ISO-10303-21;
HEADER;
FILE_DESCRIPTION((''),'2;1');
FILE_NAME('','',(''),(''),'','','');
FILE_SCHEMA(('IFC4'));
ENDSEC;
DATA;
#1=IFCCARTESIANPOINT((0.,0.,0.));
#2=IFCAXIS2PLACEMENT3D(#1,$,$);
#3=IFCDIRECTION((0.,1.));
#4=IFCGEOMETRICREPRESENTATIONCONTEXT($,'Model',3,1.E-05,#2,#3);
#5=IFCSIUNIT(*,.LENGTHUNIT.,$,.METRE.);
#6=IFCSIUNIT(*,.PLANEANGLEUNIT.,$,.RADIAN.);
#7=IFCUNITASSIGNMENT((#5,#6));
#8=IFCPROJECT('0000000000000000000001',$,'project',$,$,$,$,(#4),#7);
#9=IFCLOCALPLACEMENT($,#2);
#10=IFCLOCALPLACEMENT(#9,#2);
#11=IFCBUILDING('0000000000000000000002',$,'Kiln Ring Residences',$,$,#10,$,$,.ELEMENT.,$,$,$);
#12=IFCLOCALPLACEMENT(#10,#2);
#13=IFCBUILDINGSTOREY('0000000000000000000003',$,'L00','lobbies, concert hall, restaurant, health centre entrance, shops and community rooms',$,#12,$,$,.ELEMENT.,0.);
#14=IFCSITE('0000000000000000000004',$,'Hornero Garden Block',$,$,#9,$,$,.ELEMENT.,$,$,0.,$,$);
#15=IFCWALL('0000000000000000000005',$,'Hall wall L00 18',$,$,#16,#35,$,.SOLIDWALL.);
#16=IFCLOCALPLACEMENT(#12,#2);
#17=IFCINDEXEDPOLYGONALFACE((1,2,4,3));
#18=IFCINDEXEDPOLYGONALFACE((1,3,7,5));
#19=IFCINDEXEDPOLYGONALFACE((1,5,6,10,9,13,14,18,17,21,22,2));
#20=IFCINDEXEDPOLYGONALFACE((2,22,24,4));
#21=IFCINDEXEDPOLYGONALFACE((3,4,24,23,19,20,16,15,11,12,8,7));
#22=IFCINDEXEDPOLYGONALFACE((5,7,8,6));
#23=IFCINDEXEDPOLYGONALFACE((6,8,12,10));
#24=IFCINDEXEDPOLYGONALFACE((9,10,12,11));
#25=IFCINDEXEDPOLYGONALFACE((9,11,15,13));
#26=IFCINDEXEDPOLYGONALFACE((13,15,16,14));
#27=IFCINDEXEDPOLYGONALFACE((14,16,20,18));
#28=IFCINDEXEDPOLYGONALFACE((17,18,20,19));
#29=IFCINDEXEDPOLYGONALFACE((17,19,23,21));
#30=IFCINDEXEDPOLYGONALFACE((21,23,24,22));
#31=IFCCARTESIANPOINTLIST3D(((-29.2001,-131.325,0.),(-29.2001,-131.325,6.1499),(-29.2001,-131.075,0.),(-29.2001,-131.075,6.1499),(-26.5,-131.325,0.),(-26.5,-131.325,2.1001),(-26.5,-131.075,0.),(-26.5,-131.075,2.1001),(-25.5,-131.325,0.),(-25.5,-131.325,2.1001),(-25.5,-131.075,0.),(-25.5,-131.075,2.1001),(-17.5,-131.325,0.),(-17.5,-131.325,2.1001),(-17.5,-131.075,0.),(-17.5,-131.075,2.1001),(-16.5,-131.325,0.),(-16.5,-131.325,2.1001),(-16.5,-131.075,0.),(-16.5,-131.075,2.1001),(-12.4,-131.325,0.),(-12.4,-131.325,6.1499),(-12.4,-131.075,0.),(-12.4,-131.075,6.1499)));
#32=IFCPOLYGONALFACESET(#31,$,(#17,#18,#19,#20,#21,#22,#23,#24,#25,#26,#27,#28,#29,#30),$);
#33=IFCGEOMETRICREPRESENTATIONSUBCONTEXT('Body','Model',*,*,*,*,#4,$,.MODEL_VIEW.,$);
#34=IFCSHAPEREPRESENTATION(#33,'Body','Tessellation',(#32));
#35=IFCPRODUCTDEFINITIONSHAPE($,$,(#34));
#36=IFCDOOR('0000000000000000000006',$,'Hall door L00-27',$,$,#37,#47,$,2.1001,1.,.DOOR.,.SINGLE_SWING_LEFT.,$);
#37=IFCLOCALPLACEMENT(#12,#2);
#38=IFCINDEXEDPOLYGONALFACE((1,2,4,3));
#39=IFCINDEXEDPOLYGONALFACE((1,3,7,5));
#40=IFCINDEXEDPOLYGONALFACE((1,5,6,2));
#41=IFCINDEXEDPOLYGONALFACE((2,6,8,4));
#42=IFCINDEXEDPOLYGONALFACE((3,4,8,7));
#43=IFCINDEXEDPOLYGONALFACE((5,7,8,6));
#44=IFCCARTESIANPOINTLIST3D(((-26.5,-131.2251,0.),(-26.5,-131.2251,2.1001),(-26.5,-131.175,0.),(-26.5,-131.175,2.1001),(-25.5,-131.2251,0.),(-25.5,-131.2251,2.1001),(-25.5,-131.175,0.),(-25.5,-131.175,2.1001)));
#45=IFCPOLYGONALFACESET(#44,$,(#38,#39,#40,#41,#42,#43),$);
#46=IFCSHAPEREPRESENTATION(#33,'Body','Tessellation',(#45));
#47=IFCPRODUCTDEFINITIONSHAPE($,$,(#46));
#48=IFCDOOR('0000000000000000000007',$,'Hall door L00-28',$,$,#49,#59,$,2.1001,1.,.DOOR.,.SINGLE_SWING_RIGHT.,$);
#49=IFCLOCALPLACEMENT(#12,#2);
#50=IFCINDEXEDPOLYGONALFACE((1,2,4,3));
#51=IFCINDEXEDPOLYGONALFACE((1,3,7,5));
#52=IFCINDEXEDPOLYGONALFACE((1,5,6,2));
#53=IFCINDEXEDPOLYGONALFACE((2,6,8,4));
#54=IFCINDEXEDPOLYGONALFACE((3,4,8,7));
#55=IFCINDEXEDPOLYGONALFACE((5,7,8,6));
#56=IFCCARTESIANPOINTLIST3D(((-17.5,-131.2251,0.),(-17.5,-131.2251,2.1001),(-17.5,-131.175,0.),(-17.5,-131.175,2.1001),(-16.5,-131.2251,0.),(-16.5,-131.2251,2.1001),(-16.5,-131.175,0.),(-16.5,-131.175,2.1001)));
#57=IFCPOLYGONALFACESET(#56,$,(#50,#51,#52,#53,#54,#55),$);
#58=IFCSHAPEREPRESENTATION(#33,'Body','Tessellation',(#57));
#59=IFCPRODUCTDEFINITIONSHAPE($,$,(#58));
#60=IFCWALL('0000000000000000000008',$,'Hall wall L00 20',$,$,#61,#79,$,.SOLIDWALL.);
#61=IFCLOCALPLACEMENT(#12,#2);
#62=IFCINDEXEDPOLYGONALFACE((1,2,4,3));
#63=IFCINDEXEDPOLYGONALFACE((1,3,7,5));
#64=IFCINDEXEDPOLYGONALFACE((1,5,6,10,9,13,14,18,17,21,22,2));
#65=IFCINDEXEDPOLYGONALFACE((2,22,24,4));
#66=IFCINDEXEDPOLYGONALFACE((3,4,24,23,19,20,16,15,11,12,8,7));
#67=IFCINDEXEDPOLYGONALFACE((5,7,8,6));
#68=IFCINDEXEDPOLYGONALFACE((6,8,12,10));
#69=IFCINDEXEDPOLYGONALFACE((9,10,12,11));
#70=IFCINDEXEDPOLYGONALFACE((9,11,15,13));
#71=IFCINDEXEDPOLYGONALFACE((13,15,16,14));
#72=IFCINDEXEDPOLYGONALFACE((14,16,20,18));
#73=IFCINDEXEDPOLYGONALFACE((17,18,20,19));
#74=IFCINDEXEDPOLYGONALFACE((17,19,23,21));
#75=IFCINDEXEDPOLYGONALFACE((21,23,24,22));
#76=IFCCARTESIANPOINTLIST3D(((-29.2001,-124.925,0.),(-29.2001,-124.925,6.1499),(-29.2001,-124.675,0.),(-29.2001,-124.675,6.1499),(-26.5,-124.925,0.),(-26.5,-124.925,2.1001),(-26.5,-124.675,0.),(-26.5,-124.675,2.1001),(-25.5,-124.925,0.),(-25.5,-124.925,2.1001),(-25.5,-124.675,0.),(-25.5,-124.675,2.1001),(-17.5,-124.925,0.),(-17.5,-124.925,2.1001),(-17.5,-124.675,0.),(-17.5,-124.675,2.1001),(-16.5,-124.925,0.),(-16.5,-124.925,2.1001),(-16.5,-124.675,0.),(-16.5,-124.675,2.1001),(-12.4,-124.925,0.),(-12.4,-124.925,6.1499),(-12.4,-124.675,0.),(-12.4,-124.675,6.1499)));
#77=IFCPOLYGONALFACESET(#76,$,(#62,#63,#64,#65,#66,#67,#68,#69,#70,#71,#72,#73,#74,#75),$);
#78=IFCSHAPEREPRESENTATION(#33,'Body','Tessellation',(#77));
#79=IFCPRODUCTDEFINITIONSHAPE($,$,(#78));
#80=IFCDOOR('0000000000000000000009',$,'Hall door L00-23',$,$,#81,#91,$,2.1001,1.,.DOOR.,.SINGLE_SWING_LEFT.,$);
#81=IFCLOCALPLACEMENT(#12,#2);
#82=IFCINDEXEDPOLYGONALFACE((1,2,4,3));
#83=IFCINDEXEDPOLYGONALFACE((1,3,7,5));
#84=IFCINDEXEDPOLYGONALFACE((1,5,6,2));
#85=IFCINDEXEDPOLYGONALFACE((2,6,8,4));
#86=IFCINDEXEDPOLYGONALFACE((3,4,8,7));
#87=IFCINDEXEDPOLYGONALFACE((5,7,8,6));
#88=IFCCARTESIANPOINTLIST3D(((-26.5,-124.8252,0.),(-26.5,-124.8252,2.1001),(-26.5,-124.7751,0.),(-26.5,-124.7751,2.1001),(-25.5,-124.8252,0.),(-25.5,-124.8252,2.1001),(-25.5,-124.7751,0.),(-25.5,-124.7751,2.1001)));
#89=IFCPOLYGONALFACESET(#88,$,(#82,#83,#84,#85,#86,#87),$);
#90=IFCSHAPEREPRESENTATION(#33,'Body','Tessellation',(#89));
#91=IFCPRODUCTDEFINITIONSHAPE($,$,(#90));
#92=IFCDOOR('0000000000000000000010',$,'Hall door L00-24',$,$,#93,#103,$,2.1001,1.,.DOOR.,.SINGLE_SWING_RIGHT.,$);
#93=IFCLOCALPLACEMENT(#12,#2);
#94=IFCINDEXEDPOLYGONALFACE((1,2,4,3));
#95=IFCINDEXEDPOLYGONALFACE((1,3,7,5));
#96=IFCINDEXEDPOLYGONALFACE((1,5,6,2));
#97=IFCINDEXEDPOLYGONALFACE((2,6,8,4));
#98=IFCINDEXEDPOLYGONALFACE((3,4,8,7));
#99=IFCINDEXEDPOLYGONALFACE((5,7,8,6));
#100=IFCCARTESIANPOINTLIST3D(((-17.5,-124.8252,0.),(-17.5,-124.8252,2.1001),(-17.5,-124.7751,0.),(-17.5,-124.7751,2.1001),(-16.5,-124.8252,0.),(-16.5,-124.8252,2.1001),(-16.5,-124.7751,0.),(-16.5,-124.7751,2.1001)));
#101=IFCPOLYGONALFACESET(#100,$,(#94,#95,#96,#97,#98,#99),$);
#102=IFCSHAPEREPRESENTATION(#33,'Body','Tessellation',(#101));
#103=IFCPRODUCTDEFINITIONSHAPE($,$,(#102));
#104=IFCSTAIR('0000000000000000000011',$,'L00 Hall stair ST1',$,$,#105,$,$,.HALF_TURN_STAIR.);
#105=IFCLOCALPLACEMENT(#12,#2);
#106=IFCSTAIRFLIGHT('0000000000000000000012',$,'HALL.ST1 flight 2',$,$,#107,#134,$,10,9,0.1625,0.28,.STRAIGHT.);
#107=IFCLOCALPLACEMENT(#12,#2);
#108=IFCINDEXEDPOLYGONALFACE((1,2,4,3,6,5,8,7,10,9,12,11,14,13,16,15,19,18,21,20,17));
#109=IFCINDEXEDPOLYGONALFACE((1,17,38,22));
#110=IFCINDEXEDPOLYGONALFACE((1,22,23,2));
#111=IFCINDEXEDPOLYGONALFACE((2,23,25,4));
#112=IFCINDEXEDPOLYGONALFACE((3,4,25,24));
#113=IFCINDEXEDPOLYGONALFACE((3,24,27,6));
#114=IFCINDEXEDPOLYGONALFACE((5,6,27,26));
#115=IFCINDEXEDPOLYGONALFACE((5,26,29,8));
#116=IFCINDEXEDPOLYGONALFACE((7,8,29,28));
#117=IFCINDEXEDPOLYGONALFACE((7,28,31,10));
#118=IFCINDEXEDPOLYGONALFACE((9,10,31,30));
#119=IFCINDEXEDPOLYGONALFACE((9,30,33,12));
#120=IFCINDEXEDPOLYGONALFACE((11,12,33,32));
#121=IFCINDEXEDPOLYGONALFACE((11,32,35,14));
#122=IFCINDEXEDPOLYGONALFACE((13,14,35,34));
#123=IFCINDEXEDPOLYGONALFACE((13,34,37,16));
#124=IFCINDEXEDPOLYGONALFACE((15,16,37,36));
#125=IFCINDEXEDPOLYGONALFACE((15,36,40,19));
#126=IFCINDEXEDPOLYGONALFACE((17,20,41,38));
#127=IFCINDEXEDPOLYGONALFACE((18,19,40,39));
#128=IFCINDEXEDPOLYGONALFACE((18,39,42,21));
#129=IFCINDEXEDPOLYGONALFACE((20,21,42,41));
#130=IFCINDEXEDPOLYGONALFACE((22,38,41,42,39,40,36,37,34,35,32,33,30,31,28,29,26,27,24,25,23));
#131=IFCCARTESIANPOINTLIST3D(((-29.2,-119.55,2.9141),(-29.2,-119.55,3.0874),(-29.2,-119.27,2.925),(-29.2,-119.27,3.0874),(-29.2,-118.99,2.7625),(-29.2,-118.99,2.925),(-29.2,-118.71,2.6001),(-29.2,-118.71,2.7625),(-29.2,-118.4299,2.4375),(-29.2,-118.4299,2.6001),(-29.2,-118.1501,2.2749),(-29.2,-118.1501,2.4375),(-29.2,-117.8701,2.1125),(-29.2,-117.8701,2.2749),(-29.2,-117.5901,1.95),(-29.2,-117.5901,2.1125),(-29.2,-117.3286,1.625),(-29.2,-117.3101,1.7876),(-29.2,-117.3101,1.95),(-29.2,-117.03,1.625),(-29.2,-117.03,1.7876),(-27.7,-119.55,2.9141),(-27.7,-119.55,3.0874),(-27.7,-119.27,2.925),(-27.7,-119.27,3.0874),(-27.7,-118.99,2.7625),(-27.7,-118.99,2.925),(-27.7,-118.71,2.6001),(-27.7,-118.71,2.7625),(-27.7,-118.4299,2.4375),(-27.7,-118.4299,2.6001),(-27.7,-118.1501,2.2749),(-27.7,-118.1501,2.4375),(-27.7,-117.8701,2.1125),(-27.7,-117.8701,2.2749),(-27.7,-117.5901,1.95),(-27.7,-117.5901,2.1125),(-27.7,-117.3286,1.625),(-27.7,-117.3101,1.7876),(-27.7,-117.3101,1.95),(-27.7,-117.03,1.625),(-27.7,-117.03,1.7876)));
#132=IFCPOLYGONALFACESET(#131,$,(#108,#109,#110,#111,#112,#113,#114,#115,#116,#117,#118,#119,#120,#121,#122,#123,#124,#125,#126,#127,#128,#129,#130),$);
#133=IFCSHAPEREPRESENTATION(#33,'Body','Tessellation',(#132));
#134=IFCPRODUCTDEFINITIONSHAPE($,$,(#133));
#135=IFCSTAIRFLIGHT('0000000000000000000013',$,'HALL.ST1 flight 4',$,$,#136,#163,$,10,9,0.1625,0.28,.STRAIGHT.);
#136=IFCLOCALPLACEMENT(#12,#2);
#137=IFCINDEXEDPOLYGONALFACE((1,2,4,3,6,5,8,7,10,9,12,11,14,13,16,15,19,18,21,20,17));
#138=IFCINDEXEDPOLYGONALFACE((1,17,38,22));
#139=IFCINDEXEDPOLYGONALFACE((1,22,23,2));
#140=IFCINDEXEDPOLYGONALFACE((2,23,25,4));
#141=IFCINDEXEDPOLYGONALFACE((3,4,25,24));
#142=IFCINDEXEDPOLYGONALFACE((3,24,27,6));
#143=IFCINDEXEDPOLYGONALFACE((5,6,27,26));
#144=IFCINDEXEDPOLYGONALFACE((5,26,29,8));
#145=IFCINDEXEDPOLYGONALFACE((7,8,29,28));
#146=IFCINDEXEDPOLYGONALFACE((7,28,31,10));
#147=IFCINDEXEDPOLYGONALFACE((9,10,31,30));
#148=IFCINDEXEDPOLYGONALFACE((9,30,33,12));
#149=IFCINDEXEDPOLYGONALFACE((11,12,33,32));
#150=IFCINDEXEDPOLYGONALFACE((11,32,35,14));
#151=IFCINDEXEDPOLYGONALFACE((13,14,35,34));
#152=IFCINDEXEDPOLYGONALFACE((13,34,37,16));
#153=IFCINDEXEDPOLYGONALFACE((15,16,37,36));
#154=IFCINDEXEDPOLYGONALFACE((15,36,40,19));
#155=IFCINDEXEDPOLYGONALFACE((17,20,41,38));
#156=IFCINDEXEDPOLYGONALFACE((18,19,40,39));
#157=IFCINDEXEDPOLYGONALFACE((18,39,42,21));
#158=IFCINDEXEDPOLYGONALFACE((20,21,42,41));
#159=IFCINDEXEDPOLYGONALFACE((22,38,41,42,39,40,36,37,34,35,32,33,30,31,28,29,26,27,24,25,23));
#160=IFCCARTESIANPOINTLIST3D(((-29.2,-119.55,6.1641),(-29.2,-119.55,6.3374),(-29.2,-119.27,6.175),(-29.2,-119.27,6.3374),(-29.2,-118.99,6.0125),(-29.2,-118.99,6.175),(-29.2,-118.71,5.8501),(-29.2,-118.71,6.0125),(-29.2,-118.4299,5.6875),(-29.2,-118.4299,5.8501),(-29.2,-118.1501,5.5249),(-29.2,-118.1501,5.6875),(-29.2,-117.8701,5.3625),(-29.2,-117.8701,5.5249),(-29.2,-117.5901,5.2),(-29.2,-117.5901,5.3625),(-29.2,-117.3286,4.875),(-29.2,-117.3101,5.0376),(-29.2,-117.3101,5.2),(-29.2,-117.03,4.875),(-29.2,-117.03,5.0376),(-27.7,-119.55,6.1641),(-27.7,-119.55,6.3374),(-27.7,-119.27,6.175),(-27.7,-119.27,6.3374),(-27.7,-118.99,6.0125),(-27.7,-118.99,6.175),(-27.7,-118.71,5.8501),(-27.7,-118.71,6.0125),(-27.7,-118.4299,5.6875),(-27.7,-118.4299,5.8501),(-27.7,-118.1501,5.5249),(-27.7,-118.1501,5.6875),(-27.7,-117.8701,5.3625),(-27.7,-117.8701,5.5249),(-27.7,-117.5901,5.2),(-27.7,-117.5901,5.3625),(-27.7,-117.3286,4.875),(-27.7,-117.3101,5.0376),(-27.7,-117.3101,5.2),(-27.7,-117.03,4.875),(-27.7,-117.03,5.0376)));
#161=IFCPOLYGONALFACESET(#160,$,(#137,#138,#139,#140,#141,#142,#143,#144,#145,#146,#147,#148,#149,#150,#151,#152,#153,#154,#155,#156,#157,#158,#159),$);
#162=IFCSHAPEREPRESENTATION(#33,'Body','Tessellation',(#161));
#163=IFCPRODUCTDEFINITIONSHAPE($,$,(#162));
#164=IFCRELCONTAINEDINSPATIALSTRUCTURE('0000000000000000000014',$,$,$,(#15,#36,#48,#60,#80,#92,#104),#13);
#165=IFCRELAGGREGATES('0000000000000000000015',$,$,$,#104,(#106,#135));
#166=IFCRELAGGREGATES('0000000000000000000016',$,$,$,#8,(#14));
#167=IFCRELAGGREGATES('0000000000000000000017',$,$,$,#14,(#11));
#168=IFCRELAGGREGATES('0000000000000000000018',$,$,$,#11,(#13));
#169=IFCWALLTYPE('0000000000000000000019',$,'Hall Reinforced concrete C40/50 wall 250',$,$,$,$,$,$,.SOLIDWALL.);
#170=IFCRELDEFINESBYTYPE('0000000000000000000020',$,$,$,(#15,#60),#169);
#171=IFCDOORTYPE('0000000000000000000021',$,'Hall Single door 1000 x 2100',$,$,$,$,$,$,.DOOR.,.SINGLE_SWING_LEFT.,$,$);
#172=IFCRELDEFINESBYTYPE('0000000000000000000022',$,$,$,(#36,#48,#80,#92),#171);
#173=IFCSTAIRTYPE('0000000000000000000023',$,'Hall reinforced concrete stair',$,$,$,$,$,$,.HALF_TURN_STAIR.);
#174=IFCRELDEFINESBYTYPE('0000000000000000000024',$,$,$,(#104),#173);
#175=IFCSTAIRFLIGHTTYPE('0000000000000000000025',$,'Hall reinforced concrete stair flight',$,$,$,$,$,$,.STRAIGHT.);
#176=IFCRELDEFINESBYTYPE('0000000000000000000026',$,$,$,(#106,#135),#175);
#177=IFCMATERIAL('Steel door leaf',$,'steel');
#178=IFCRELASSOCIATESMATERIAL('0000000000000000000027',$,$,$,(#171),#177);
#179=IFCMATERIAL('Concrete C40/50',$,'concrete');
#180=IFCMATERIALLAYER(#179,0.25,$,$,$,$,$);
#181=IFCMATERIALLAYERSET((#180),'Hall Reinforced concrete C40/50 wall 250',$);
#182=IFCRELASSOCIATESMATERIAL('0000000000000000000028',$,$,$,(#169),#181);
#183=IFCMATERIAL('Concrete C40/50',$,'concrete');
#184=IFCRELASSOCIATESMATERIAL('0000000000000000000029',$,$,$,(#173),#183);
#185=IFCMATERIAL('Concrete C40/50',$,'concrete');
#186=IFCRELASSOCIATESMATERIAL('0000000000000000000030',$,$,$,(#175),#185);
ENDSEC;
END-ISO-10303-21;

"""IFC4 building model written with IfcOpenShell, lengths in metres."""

from ifc_helpers import new_model, si_unit, direction, frame, frame_2d, origin, place, context, subcontext, project, spatial, polyline, rectangle, outline, extrude, material, layer, layer_set, type_object, element, fill, aggregate, save


model = new_model("IFC4")

# Units and contexts
model_context = context("Model", 3, precision=1e-05, world=origin(), true_north=direction((0.0, 1.0)))
body_context = subcontext(model_context, "Body", "Model", "MODEL_VIEW")
ifc_project = project(units=[si_unit("LENGTHUNIT", "METRE"), si_unit("PLANEANGLEUNIT", "RADIAN")], contexts=[model_context])

# Site, building, storey
site_placement = place(None, origin())
site = spatial("IfcSite", under=ifc_project, at=site_placement, Name="Hornero Garden Block", CompositionType="ELEMENT", RefElevation=0.0)
building_placement = place(site_placement, origin())
building = spatial("IfcBuilding", under=site, at=building_placement, Name="Kiln Ring Residences", CompositionType="ELEMENT")
storey_placement = place(building_placement, origin())
storey = spatial("IfcBuildingStorey", under=building, at=storey_placement, Name="L00", Description="lobbies, concert hall, restaurant, health centre entrance, shops and community rooms", CompositionType="ELEMENT", Elevation=0.0)

# Walls, openings, doors
ifc_material_1 = material(Name="Steel door leaf", Category="steel")
door_type_1 = type_object("IfcDoorType", Name="Hall Single door 1000 x 2100", OperationType="SINGLE_SWING_LEFT", PredefinedType="DOOR", material=ifc_material_1)
ifc_material_2 = material(Name="Concrete C40/50", Category="concrete")
ifc_layer_1 = layer(ifc_material_2, 0.25)
ifc_layer_set_1 = layer_set([ifc_layer_1], Name="Hall Reinforced concrete C40/50 wall 250")
wall_type_1 = type_object("IfcWallType", Name="Hall Reinforced concrete C40/50 wall 250", PredefinedType="SOLIDWALL", material=ifc_layer_set_1)
wall_1_placement = place(storey_placement, frame((-29.2, -131.2, 0.0), z_axis=(0.0, 0.0, 1.0), x_axis=(1.0, 0.0, 0.0)))
wall_1 = element("IfcWall", 1, at=wall_1_placement, inside=storey, type_object=wall_type_1, Name="Hall wall L00 18", PredefinedType="SOLIDWALL", context=body_context, shape_type="SweptSolid", body=[
    extrude(rectangle(XDim=16.8, YDim=0.25, at=frame_2d((8.3999, 0.0))), origin(), (0.0, 0.0, 1.0), 6.1499),
])
opening_1_placement = place(wall_1_placement, frame((2.7, 0.0, 0.0)))
opening_1 = element("IfcOpeningElement", 2, at=opening_1_placement, cuts=wall_1, PredefinedType="OPENING", context=body_context, shape_type="SweptSolid", body=[
    extrude(rectangle(XDim=1.0, YDim=2.1001, at=frame_2d((0.5, 1.05))), frame((0.0, 0.135, 0.0), z_axis=(0.0, -1.0, 0.0), x_axis=(1.0, 0.0, 0.0)), (0.0, 0.0, 1.0), 0.27),
])
opening_2_placement = place(wall_1_placement, frame((11.7, 0.0, 0.0)))
opening_2 = element("IfcOpeningElement", 3, at=opening_2_placement, cuts=wall_1, PredefinedType="OPENING", context=body_context, shape_type="SweptSolid", body=[
    extrude(rectangle(XDim=1.0, YDim=2.1001, at=frame_2d((0.5, 1.05))), frame((0.0, 0.135, 0.0), z_axis=(0.0, -1.0, 0.0), x_axis=(1.0, 0.0, 0.0)), (0.0, 0.0, 1.0), 0.27),
])
door_1_placement = place(opening_1_placement, origin())
door_1 = element("IfcDoor", 4, at=door_1_placement, inside=storey, type_object=door_type_1, Name="Hall door L00-27", OperationType="SINGLE_SWING_LEFT", OverallHeight=2.1001, OverallWidth=1.0, PredefinedType="DOOR", context=body_context, shape_type="SweptSolid", body=[
    extrude(rectangle(XDim=1.0, YDim=2.1001, at=frame_2d((0.5, 1.05))), frame((0.0, 0.0249, 0.0), z_axis=(0.0, -1.0, 0.0), x_axis=(1.0, 0.0, 0.0)), (0.0, 0.0, 1.0), 0.05),
])
fill(opening_1, door_1)
door_2_placement = place(opening_2_placement, origin())
door_2 = element("IfcDoor", 5, at=door_2_placement, inside=storey, type_object=door_type_1, Name="Hall door L00-28", OperationType="SINGLE_SWING_RIGHT", OverallHeight=2.1001, OverallWidth=1.0, PredefinedType="DOOR", context=body_context, shape_type="SweptSolid", body=[
    extrude(rectangle(XDim=1.0, YDim=2.1001, at=frame_2d((0.5, 1.05))), frame((0.0, 0.0249, 0.0), z_axis=(0.0, -1.0, 0.0), x_axis=(1.0, 0.0, 0.0)), (0.0, 0.0, 1.0), 0.05),
])
fill(opening_2, door_2)
wall_2_placement = place(storey_placement, frame((-29.2, -124.8, 0.0), z_axis=(0.0, 0.0, 1.0), x_axis=(1.0, 0.0, 0.0)))
wall_2 = element("IfcWall", 6, at=wall_2_placement, inside=storey, type_object=wall_type_1, Name="Hall wall L00 20", PredefinedType="SOLIDWALL", context=body_context, shape_type="SweptSolid", body=[
    extrude(rectangle(XDim=16.8, YDim=0.25, at=frame_2d((8.3999, 0.0))), origin(), (0.0, 0.0, 1.0), 6.1499),
])
opening_3_placement = place(wall_2_placement, frame((2.7, 0.0, 0.0)))
opening_3 = element("IfcOpeningElement", 7, at=opening_3_placement, cuts=wall_2, PredefinedType="OPENING", context=body_context, shape_type="SweptSolid", body=[
    extrude(rectangle(XDim=1.0, YDim=2.1001, at=frame_2d((0.5, 1.05))), frame((0.0, 0.135, 0.0), z_axis=(0.0, -1.0, 0.0), x_axis=(1.0, 0.0, 0.0)), (0.0, 0.0, 1.0), 0.27),
])
opening_4_placement = place(wall_2_placement, frame((11.7, 0.0, 0.0)))
opening_4 = element("IfcOpeningElement", 8, at=opening_4_placement, cuts=wall_2, PredefinedType="OPENING", context=body_context, shape_type="SweptSolid", body=[
    extrude(rectangle(XDim=1.0, YDim=2.1001, at=frame_2d((0.5, 1.05))), frame((0.0, 0.135, 0.0), z_axis=(0.0, -1.0, 0.0), x_axis=(1.0, 0.0, 0.0)), (0.0, 0.0, 1.0), 0.27),
])
door_3_placement = place(opening_3_placement, origin())
door_3 = element("IfcDoor", 9, at=door_3_placement, inside=storey, type_object=door_type_1, Name="Hall door L00-23", OperationType="SINGLE_SWING_LEFT", OverallHeight=2.1001, OverallWidth=1.0, PredefinedType="DOOR", context=body_context, shape_type="SweptSolid", body=[
    extrude(rectangle(XDim=1.0, YDim=2.1001, at=frame_2d((0.5, 1.05))), frame((0.0, 0.0249, 0.0), z_axis=(0.0, -1.0, 0.0), x_axis=(1.0, 0.0, 0.0)), (0.0, 0.0, 1.0), 0.05),
])
fill(opening_3, door_3)
door_4_placement = place(opening_4_placement, origin())
door_4 = element("IfcDoor", 10, at=door_4_placement, inside=storey, type_object=door_type_1, Name="Hall door L00-24", OperationType="SINGLE_SWING_RIGHT", OverallHeight=2.1001, OverallWidth=1.0, PredefinedType="DOOR", context=body_context, shape_type="SweptSolid", body=[
    extrude(rectangle(XDim=1.0, YDim=2.1001, at=frame_2d((0.5, 1.05))), frame((0.0, 0.0249, 0.0), z_axis=(0.0, -1.0, 0.0), x_axis=(1.0, 0.0, 0.0)), (0.0, 0.0, 1.0), 0.05),
])
fill(opening_4, door_4)

# Stair, stair flights
ifc_material_3 = material(Name="Concrete C40/50", Category="concrete")
stair_type = type_object("IfcStairType", Name="Hall reinforced concrete stair", PredefinedType="HALF_TURN_STAIR", material=ifc_material_3)
stair_placement = place(storey_placement, origin())
stair = element("IfcStair", 11, at=stair_placement, inside=storey, type_object=stair_type, Name="L00 Hall stair ST1", PredefinedType="HALF_TURN_STAIR")
ifc_material_4 = material(Name="Concrete C40/50", Category="concrete")
stair_flight_type = type_object("IfcStairFlightType", Name="Hall reinforced concrete stair flight", PredefinedType="STRAIGHT", material=ifc_material_4)
stair_flight_1_placement = place(storey_placement, frame((-28.45, -117.03, 1.625), z_axis=(0.0, 0.0, 1.0), x_axis=(0.0, -1.0, 0.0)))
stair_flight_1 = element("IfcStairFlight", 12, at=stair_flight_1_placement, type_object=stair_flight_type, Name="HALL.ST1 flight 2", NumberOfRisers=10, NumberOfTreads=9, PredefinedType="STRAIGHT", RiserHeight=0.1625, TreadLength=0.28, context=body_context, shape_type="SweptSolid", body=[
    extrude(outline(polyline([(0.0, 0.0), (0.0, 0.1626), (0.28, 0.1626), (0.28, 0.325), (0.5601, 0.325), (0.5601, 0.4875), (0.8401, 0.4875), (0.8401, 0.6499), (1.1201, 0.6499), (1.1201, 0.8125), (1.3999, 0.8125), (1.3999, 0.9751), (1.6799, 0.9751), (1.6799, 1.1375), (1.96, 1.1375), (1.96, 1.3), (2.24, 1.3), (2.24, 1.4624), (2.52, 1.4624), (2.52, 1.625), (2.52, 1.2891), (0.2986, 0.0), (0.0, 0.0)])), frame((0.0, 0.75, 0.0), z_axis=(0.0, -1.0, 0.0), x_axis=(1.0, 0.0, 0.0)), (0.0, 0.0, 1.0), 1.5),
])
stair_flight_2_placement = place(storey_placement, frame((-28.45, -117.03, 4.875), z_axis=(0.0, 0.0, 1.0), x_axis=(0.0, -1.0, 0.0)))
stair_flight_2 = element("IfcStairFlight", 13, at=stair_flight_2_placement, type_object=stair_flight_type, Name="HALL.ST1 flight 4", NumberOfRisers=10, NumberOfTreads=9, PredefinedType="STRAIGHT", RiserHeight=0.1625, TreadLength=0.28, context=body_context, shape_type="SweptSolid", body=[
    extrude(outline(polyline([(0.0, 0.0), (0.0, 0.1626), (0.28, 0.1626), (0.28, 0.325), (0.5601, 0.325), (0.5601, 0.4875), (0.8401, 0.4875), (0.8401, 0.6499), (1.1201, 0.6499), (1.1201, 0.8125), (1.3999, 0.8125), (1.3999, 0.9751), (1.6799, 0.9751), (1.6799, 1.1375), (1.96, 1.1375), (1.96, 1.3), (2.24, 1.3), (2.24, 1.4624), (2.52, 1.4624), (2.52, 1.625), (2.52, 1.2891), (0.2986, 0.0), (0.0, 0.0)])), frame((0.0, 0.75, 0.0), z_axis=(0.0, -1.0, 0.0), x_axis=(1.0, 0.0, 0.0)), (0.0, 0.0, 1.0), 1.5),
])
aggregate(stair, [stair_flight_1, stair_flight_2])

save(model, "model.ifc")
